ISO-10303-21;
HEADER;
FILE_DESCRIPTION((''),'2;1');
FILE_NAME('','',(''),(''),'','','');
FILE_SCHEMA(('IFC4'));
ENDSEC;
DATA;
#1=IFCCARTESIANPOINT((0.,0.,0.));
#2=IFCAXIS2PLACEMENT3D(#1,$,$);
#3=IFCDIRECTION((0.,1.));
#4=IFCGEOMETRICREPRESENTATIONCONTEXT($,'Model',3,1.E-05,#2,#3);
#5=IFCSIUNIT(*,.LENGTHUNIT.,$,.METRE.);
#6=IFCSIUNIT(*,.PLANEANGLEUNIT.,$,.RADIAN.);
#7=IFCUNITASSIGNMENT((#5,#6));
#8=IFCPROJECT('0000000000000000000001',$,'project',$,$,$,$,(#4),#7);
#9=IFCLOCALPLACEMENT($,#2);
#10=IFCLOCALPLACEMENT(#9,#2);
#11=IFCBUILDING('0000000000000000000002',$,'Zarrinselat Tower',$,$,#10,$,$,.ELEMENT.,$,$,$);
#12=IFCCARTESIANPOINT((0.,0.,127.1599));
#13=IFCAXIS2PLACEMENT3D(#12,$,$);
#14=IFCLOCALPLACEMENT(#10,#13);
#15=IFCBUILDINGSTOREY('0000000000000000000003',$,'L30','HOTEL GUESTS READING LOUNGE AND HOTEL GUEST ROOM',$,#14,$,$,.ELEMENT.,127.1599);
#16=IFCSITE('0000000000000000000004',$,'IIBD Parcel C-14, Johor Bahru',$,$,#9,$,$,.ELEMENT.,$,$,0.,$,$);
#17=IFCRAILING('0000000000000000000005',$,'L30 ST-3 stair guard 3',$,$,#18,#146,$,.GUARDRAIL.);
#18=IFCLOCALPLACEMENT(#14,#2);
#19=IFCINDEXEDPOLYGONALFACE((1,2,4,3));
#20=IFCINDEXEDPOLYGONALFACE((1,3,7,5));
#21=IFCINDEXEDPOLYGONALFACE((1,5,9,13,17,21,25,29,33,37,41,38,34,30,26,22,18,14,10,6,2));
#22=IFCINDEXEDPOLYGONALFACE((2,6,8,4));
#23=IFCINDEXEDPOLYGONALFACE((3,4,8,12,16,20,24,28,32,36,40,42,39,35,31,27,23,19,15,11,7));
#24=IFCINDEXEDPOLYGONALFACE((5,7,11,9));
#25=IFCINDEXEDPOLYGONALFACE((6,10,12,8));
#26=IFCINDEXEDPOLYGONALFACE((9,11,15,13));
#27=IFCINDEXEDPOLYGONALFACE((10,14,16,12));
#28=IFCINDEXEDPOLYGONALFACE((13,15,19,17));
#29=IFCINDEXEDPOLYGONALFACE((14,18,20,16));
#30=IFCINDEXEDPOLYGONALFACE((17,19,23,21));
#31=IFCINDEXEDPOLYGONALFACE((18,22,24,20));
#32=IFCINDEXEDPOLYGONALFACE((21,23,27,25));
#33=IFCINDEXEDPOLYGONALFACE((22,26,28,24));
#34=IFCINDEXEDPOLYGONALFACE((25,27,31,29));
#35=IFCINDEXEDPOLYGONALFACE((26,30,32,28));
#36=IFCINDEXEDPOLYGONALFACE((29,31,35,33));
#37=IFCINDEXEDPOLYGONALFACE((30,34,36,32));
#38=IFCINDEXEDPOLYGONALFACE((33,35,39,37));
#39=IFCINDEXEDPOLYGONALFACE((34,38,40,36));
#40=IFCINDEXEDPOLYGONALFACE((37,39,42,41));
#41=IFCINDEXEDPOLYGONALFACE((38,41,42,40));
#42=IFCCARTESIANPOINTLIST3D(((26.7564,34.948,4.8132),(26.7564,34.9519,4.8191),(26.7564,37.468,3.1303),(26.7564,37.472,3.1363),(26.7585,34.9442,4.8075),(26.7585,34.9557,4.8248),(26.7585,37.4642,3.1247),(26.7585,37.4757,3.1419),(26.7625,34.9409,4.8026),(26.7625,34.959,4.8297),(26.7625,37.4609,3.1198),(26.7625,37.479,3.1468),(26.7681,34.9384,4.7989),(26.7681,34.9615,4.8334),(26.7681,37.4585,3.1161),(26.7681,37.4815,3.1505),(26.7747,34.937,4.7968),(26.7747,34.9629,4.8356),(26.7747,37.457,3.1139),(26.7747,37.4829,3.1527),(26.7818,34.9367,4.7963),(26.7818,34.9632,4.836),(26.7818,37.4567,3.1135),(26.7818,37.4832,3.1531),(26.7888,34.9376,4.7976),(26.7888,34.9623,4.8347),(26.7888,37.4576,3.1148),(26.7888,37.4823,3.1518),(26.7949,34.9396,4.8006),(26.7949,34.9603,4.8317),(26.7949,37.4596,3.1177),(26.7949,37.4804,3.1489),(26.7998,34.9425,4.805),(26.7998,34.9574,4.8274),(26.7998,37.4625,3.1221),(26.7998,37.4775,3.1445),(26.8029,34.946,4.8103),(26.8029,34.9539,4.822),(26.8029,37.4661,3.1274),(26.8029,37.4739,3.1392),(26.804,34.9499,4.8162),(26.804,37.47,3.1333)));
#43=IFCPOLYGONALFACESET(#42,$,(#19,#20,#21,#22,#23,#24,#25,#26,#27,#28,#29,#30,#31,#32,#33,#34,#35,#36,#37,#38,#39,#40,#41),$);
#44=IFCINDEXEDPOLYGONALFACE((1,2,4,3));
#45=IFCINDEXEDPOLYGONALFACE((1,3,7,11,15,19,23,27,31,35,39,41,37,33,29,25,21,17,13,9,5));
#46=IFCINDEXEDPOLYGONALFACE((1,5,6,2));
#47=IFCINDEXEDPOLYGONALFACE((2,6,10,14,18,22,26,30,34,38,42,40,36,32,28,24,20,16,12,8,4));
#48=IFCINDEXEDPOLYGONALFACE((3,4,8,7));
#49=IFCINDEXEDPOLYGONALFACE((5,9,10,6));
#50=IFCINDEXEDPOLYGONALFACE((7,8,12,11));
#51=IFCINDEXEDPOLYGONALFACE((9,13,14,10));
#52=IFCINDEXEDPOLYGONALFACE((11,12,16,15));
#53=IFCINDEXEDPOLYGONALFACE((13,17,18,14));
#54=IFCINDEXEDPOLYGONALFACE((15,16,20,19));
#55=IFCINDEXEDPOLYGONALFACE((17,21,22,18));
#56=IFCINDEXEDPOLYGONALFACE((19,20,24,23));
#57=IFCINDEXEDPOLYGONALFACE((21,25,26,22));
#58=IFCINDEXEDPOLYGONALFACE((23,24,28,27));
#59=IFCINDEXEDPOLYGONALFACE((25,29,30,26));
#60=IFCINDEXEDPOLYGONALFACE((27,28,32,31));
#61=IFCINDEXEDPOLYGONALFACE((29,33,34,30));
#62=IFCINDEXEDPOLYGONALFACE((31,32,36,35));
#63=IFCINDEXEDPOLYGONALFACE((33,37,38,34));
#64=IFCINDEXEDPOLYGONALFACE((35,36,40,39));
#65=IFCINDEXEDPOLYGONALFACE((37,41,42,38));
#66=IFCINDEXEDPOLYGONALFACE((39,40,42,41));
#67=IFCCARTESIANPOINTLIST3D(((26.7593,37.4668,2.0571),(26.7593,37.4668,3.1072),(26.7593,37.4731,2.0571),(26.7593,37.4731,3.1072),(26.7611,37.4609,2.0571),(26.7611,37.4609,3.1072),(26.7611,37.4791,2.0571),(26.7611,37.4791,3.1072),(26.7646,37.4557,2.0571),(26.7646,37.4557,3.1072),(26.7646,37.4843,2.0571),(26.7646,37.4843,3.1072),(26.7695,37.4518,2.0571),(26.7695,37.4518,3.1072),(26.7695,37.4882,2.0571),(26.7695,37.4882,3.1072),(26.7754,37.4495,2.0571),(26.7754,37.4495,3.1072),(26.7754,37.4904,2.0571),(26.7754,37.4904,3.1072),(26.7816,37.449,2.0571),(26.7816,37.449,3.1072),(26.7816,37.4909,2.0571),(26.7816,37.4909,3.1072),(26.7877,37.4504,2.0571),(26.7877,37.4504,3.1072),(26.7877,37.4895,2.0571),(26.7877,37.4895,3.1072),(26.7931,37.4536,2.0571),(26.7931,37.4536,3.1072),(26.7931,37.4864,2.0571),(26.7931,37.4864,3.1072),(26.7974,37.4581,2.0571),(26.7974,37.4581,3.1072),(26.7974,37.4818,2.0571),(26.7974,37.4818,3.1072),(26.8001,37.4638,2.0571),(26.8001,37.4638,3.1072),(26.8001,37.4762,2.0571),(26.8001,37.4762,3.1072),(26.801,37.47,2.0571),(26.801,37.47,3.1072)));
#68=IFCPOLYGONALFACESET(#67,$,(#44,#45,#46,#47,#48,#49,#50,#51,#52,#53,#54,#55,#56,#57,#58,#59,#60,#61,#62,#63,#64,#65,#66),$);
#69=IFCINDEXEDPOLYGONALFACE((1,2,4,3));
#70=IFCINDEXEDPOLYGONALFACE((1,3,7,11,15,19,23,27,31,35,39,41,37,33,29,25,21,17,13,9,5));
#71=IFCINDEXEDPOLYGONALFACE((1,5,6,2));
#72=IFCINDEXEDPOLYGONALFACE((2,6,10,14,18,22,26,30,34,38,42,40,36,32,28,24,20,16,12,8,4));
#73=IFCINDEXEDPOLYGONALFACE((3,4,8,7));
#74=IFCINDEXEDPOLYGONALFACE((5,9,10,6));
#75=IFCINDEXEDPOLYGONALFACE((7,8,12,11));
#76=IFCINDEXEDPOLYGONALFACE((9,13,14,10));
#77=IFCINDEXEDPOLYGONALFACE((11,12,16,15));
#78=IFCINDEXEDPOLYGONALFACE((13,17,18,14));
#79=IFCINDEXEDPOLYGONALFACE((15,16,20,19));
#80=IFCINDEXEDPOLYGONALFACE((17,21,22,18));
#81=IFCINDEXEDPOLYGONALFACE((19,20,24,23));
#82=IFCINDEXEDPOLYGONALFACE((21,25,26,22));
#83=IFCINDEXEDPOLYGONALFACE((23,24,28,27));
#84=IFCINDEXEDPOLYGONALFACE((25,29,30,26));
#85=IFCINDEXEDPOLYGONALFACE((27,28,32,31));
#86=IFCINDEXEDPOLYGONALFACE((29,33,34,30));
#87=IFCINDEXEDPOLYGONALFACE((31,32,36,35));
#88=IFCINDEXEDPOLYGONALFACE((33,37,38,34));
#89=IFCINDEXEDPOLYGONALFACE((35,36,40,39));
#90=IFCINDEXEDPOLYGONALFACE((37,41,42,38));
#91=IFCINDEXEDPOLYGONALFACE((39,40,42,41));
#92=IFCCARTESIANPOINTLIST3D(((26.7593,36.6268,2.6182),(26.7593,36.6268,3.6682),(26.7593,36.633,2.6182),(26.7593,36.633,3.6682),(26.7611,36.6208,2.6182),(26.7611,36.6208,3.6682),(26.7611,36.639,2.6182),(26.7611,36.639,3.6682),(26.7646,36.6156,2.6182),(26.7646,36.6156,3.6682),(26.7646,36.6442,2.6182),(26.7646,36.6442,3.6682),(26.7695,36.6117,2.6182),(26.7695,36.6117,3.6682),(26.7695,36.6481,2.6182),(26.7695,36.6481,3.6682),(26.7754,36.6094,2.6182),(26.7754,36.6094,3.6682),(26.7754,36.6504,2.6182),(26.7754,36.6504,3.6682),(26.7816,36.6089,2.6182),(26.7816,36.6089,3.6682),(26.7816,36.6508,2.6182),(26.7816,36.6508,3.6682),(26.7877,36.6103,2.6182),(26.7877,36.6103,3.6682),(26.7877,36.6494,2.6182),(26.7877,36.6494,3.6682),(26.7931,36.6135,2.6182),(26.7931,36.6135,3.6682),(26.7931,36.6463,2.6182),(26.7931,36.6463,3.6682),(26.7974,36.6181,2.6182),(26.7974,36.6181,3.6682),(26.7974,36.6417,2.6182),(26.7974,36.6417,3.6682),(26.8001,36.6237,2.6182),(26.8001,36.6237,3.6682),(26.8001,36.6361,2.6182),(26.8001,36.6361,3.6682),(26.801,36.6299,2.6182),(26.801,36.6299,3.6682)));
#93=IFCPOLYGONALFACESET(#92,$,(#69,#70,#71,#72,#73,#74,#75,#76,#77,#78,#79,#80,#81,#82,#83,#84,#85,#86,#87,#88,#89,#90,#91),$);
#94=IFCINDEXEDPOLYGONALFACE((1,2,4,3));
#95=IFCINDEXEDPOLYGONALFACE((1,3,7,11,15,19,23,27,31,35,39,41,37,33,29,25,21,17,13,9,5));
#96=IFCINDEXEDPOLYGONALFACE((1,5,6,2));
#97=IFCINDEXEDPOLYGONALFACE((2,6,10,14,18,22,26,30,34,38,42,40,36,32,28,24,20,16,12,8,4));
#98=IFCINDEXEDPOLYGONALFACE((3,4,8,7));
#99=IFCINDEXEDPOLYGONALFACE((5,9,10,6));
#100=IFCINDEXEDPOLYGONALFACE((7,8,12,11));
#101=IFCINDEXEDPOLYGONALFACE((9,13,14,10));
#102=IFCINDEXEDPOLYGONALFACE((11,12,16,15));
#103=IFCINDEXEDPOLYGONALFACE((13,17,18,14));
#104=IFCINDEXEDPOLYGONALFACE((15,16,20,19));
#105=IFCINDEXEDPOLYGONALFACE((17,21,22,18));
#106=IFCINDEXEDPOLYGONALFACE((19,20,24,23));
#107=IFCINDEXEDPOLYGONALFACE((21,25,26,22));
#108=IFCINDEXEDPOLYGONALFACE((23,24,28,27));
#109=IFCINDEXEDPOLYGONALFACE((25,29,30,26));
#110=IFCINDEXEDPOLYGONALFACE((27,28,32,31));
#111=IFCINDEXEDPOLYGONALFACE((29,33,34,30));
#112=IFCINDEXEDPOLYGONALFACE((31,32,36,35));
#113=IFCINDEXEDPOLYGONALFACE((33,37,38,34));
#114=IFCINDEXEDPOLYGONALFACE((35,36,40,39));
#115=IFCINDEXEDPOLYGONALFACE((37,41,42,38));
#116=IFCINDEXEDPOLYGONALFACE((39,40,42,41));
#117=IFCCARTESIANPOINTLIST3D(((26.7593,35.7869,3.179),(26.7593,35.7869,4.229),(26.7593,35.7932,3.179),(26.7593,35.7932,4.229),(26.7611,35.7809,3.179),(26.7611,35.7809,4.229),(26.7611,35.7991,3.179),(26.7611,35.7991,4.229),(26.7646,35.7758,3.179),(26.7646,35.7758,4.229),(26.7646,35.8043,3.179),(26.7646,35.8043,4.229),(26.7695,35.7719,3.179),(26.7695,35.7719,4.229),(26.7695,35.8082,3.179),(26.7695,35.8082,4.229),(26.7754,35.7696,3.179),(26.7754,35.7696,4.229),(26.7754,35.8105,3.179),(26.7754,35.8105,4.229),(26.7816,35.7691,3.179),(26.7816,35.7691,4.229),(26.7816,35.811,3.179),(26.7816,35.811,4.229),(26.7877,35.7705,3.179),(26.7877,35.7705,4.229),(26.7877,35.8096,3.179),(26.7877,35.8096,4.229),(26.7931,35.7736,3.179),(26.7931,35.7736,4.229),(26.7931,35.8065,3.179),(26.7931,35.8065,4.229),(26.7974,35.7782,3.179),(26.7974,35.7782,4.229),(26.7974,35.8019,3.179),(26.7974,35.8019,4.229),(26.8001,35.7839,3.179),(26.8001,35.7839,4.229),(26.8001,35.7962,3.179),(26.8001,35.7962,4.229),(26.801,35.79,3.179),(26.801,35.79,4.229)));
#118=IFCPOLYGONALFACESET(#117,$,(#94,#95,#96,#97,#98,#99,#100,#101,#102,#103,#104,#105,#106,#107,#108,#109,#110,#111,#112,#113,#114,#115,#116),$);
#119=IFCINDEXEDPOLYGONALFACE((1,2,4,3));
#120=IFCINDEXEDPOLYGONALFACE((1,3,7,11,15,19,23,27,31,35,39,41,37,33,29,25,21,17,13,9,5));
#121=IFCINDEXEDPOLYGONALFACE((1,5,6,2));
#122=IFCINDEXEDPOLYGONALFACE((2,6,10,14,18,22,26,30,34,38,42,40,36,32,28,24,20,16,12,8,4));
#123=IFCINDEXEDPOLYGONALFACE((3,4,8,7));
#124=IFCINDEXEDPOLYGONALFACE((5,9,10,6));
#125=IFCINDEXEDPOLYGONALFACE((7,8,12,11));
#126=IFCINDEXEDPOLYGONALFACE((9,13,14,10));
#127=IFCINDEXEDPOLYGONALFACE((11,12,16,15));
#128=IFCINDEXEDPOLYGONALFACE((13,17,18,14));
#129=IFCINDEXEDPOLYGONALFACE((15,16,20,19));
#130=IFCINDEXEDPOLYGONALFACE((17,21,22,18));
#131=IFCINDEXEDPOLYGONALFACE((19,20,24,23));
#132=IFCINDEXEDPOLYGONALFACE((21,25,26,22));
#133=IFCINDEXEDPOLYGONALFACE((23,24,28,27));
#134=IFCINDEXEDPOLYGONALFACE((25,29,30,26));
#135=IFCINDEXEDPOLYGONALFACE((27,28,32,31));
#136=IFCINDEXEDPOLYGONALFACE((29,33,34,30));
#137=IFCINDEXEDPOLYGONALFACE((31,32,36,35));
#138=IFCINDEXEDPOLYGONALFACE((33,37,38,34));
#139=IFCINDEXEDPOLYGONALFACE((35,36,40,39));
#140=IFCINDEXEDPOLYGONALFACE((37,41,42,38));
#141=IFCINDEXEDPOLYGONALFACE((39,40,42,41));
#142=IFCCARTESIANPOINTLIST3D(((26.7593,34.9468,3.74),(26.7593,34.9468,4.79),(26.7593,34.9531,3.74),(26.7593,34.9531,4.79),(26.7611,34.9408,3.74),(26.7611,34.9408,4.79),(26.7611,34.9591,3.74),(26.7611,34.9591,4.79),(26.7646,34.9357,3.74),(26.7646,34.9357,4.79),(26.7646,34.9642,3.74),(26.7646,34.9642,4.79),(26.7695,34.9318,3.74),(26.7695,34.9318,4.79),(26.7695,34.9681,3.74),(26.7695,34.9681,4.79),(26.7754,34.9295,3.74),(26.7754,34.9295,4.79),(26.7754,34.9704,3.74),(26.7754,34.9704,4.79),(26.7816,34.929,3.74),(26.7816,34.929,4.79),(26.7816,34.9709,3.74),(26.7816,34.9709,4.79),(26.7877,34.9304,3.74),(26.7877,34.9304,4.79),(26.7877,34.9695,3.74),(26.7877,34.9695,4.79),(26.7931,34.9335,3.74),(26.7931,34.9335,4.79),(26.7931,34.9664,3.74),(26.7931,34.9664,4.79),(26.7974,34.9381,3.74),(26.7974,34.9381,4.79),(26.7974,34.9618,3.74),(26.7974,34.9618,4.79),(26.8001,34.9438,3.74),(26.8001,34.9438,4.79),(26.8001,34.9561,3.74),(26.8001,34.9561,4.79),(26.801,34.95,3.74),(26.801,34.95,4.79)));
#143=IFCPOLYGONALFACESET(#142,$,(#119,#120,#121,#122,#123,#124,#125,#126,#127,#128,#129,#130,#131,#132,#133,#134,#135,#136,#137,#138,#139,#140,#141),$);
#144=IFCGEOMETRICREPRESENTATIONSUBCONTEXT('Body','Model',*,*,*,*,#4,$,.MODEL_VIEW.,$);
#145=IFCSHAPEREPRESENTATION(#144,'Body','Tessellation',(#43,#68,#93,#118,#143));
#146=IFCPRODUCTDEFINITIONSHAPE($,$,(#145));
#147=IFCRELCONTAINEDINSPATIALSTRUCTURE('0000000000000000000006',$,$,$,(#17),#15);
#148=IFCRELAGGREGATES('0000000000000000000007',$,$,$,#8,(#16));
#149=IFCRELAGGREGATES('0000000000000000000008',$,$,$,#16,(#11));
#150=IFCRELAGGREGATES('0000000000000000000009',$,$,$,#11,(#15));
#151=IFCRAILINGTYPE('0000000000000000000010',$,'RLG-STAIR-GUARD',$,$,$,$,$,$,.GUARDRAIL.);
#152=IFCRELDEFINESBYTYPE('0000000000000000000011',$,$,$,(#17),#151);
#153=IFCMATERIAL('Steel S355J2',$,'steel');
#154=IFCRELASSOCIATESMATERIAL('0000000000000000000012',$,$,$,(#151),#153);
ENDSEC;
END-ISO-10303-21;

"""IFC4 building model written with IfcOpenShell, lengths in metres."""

from ifc_helpers import new_model, si_unit, direction, frame, origin, origin_2d, place, context, subcontext, project, spatial, circle, extrude, material, type_object, element, save


model = new_model("IFC4")

# Units and contexts
model_context = context("Model", 3, precision=1e-05, world=origin(), true_north=direction((0.0, 1.0)))
body_context = subcontext(model_context, "Body", "Model", "MODEL_VIEW")
ifc_project = project(units=[si_unit("LENGTHUNIT", "METRE"), si_unit("PLANEANGLEUNIT", "RADIAN")], contexts=[model_context])

# Site, building, storey
site_placement = place(None, origin())
site = spatial("IfcSite", under=ifc_project, at=site_placement, Name="IIBD Parcel C-14, Johor Bahru", CompositionType="ELEMENT", RefElevation=0.0)
building_placement = place(site_placement, origin())
building = spatial("IfcBuilding", under=site, at=building_placement, Name="Zarrinselat Tower", CompositionType="ELEMENT")
storey_placement = place(building_placement, frame((0.0, 0.0, 127.1599)))
storey = spatial("IfcBuildingStorey", under=building, at=storey_placement, Name="L30", Description="HOTEL GUESTS READING LOUNGE AND HOTEL GUEST ROOM", CompositionType="ELEMENT", Elevation=127.1599)

# Railing
ifc_material_1 = material(Name="Steel S355J2", Category="steel")
railing_type_1 = type_object("IfcRailingType", Name="RLG-STAIR-GUARD", PredefinedType="GUARDRAIL", material=ifc_material_1)
railing_1_placement = place(storey_placement, frame((26.78, 37.47, 2.0571)))
element("IfcRailing", 1, at=railing_1_placement, inside=storey, type_object=railing_type_1, Name="L30 ST-3 stair guard 3", PredefinedType="GUARDRAIL", context=body_context, shape_type="SweptSolid", body=[
    extrude(circle(Radius=0.0239, at=origin_2d()), frame((0.0, 0.0, 1.0762), z_axis=(0.0, -0.831616, 0.555351), x_axis=(1.0, 0.0, 0.0)), (0.0, 0.0, 1.0), 3.0303),
    extrude(circle(Radius=0.021, at=origin_2d()), origin(), (0.0, 0.0, 1.0), 1.05),
    extrude(circle(Radius=0.021, at=origin_2d()), frame((0.0, -0.8401, 0.561)), (0.0, 0.0, 1.0), 1.05),
    extrude(circle(Radius=0.021, at=origin_2d()), frame((0.0, -1.6799, 1.1218)), (0.0, 0.0, 1.0), 1.05),
    extrude(circle(Radius=0.021, at=origin_2d()), frame((0.0, -2.52, 1.6829)), (0.0, 0.0, 1.0), 1.05),
])

save(model, "model.ifc")
